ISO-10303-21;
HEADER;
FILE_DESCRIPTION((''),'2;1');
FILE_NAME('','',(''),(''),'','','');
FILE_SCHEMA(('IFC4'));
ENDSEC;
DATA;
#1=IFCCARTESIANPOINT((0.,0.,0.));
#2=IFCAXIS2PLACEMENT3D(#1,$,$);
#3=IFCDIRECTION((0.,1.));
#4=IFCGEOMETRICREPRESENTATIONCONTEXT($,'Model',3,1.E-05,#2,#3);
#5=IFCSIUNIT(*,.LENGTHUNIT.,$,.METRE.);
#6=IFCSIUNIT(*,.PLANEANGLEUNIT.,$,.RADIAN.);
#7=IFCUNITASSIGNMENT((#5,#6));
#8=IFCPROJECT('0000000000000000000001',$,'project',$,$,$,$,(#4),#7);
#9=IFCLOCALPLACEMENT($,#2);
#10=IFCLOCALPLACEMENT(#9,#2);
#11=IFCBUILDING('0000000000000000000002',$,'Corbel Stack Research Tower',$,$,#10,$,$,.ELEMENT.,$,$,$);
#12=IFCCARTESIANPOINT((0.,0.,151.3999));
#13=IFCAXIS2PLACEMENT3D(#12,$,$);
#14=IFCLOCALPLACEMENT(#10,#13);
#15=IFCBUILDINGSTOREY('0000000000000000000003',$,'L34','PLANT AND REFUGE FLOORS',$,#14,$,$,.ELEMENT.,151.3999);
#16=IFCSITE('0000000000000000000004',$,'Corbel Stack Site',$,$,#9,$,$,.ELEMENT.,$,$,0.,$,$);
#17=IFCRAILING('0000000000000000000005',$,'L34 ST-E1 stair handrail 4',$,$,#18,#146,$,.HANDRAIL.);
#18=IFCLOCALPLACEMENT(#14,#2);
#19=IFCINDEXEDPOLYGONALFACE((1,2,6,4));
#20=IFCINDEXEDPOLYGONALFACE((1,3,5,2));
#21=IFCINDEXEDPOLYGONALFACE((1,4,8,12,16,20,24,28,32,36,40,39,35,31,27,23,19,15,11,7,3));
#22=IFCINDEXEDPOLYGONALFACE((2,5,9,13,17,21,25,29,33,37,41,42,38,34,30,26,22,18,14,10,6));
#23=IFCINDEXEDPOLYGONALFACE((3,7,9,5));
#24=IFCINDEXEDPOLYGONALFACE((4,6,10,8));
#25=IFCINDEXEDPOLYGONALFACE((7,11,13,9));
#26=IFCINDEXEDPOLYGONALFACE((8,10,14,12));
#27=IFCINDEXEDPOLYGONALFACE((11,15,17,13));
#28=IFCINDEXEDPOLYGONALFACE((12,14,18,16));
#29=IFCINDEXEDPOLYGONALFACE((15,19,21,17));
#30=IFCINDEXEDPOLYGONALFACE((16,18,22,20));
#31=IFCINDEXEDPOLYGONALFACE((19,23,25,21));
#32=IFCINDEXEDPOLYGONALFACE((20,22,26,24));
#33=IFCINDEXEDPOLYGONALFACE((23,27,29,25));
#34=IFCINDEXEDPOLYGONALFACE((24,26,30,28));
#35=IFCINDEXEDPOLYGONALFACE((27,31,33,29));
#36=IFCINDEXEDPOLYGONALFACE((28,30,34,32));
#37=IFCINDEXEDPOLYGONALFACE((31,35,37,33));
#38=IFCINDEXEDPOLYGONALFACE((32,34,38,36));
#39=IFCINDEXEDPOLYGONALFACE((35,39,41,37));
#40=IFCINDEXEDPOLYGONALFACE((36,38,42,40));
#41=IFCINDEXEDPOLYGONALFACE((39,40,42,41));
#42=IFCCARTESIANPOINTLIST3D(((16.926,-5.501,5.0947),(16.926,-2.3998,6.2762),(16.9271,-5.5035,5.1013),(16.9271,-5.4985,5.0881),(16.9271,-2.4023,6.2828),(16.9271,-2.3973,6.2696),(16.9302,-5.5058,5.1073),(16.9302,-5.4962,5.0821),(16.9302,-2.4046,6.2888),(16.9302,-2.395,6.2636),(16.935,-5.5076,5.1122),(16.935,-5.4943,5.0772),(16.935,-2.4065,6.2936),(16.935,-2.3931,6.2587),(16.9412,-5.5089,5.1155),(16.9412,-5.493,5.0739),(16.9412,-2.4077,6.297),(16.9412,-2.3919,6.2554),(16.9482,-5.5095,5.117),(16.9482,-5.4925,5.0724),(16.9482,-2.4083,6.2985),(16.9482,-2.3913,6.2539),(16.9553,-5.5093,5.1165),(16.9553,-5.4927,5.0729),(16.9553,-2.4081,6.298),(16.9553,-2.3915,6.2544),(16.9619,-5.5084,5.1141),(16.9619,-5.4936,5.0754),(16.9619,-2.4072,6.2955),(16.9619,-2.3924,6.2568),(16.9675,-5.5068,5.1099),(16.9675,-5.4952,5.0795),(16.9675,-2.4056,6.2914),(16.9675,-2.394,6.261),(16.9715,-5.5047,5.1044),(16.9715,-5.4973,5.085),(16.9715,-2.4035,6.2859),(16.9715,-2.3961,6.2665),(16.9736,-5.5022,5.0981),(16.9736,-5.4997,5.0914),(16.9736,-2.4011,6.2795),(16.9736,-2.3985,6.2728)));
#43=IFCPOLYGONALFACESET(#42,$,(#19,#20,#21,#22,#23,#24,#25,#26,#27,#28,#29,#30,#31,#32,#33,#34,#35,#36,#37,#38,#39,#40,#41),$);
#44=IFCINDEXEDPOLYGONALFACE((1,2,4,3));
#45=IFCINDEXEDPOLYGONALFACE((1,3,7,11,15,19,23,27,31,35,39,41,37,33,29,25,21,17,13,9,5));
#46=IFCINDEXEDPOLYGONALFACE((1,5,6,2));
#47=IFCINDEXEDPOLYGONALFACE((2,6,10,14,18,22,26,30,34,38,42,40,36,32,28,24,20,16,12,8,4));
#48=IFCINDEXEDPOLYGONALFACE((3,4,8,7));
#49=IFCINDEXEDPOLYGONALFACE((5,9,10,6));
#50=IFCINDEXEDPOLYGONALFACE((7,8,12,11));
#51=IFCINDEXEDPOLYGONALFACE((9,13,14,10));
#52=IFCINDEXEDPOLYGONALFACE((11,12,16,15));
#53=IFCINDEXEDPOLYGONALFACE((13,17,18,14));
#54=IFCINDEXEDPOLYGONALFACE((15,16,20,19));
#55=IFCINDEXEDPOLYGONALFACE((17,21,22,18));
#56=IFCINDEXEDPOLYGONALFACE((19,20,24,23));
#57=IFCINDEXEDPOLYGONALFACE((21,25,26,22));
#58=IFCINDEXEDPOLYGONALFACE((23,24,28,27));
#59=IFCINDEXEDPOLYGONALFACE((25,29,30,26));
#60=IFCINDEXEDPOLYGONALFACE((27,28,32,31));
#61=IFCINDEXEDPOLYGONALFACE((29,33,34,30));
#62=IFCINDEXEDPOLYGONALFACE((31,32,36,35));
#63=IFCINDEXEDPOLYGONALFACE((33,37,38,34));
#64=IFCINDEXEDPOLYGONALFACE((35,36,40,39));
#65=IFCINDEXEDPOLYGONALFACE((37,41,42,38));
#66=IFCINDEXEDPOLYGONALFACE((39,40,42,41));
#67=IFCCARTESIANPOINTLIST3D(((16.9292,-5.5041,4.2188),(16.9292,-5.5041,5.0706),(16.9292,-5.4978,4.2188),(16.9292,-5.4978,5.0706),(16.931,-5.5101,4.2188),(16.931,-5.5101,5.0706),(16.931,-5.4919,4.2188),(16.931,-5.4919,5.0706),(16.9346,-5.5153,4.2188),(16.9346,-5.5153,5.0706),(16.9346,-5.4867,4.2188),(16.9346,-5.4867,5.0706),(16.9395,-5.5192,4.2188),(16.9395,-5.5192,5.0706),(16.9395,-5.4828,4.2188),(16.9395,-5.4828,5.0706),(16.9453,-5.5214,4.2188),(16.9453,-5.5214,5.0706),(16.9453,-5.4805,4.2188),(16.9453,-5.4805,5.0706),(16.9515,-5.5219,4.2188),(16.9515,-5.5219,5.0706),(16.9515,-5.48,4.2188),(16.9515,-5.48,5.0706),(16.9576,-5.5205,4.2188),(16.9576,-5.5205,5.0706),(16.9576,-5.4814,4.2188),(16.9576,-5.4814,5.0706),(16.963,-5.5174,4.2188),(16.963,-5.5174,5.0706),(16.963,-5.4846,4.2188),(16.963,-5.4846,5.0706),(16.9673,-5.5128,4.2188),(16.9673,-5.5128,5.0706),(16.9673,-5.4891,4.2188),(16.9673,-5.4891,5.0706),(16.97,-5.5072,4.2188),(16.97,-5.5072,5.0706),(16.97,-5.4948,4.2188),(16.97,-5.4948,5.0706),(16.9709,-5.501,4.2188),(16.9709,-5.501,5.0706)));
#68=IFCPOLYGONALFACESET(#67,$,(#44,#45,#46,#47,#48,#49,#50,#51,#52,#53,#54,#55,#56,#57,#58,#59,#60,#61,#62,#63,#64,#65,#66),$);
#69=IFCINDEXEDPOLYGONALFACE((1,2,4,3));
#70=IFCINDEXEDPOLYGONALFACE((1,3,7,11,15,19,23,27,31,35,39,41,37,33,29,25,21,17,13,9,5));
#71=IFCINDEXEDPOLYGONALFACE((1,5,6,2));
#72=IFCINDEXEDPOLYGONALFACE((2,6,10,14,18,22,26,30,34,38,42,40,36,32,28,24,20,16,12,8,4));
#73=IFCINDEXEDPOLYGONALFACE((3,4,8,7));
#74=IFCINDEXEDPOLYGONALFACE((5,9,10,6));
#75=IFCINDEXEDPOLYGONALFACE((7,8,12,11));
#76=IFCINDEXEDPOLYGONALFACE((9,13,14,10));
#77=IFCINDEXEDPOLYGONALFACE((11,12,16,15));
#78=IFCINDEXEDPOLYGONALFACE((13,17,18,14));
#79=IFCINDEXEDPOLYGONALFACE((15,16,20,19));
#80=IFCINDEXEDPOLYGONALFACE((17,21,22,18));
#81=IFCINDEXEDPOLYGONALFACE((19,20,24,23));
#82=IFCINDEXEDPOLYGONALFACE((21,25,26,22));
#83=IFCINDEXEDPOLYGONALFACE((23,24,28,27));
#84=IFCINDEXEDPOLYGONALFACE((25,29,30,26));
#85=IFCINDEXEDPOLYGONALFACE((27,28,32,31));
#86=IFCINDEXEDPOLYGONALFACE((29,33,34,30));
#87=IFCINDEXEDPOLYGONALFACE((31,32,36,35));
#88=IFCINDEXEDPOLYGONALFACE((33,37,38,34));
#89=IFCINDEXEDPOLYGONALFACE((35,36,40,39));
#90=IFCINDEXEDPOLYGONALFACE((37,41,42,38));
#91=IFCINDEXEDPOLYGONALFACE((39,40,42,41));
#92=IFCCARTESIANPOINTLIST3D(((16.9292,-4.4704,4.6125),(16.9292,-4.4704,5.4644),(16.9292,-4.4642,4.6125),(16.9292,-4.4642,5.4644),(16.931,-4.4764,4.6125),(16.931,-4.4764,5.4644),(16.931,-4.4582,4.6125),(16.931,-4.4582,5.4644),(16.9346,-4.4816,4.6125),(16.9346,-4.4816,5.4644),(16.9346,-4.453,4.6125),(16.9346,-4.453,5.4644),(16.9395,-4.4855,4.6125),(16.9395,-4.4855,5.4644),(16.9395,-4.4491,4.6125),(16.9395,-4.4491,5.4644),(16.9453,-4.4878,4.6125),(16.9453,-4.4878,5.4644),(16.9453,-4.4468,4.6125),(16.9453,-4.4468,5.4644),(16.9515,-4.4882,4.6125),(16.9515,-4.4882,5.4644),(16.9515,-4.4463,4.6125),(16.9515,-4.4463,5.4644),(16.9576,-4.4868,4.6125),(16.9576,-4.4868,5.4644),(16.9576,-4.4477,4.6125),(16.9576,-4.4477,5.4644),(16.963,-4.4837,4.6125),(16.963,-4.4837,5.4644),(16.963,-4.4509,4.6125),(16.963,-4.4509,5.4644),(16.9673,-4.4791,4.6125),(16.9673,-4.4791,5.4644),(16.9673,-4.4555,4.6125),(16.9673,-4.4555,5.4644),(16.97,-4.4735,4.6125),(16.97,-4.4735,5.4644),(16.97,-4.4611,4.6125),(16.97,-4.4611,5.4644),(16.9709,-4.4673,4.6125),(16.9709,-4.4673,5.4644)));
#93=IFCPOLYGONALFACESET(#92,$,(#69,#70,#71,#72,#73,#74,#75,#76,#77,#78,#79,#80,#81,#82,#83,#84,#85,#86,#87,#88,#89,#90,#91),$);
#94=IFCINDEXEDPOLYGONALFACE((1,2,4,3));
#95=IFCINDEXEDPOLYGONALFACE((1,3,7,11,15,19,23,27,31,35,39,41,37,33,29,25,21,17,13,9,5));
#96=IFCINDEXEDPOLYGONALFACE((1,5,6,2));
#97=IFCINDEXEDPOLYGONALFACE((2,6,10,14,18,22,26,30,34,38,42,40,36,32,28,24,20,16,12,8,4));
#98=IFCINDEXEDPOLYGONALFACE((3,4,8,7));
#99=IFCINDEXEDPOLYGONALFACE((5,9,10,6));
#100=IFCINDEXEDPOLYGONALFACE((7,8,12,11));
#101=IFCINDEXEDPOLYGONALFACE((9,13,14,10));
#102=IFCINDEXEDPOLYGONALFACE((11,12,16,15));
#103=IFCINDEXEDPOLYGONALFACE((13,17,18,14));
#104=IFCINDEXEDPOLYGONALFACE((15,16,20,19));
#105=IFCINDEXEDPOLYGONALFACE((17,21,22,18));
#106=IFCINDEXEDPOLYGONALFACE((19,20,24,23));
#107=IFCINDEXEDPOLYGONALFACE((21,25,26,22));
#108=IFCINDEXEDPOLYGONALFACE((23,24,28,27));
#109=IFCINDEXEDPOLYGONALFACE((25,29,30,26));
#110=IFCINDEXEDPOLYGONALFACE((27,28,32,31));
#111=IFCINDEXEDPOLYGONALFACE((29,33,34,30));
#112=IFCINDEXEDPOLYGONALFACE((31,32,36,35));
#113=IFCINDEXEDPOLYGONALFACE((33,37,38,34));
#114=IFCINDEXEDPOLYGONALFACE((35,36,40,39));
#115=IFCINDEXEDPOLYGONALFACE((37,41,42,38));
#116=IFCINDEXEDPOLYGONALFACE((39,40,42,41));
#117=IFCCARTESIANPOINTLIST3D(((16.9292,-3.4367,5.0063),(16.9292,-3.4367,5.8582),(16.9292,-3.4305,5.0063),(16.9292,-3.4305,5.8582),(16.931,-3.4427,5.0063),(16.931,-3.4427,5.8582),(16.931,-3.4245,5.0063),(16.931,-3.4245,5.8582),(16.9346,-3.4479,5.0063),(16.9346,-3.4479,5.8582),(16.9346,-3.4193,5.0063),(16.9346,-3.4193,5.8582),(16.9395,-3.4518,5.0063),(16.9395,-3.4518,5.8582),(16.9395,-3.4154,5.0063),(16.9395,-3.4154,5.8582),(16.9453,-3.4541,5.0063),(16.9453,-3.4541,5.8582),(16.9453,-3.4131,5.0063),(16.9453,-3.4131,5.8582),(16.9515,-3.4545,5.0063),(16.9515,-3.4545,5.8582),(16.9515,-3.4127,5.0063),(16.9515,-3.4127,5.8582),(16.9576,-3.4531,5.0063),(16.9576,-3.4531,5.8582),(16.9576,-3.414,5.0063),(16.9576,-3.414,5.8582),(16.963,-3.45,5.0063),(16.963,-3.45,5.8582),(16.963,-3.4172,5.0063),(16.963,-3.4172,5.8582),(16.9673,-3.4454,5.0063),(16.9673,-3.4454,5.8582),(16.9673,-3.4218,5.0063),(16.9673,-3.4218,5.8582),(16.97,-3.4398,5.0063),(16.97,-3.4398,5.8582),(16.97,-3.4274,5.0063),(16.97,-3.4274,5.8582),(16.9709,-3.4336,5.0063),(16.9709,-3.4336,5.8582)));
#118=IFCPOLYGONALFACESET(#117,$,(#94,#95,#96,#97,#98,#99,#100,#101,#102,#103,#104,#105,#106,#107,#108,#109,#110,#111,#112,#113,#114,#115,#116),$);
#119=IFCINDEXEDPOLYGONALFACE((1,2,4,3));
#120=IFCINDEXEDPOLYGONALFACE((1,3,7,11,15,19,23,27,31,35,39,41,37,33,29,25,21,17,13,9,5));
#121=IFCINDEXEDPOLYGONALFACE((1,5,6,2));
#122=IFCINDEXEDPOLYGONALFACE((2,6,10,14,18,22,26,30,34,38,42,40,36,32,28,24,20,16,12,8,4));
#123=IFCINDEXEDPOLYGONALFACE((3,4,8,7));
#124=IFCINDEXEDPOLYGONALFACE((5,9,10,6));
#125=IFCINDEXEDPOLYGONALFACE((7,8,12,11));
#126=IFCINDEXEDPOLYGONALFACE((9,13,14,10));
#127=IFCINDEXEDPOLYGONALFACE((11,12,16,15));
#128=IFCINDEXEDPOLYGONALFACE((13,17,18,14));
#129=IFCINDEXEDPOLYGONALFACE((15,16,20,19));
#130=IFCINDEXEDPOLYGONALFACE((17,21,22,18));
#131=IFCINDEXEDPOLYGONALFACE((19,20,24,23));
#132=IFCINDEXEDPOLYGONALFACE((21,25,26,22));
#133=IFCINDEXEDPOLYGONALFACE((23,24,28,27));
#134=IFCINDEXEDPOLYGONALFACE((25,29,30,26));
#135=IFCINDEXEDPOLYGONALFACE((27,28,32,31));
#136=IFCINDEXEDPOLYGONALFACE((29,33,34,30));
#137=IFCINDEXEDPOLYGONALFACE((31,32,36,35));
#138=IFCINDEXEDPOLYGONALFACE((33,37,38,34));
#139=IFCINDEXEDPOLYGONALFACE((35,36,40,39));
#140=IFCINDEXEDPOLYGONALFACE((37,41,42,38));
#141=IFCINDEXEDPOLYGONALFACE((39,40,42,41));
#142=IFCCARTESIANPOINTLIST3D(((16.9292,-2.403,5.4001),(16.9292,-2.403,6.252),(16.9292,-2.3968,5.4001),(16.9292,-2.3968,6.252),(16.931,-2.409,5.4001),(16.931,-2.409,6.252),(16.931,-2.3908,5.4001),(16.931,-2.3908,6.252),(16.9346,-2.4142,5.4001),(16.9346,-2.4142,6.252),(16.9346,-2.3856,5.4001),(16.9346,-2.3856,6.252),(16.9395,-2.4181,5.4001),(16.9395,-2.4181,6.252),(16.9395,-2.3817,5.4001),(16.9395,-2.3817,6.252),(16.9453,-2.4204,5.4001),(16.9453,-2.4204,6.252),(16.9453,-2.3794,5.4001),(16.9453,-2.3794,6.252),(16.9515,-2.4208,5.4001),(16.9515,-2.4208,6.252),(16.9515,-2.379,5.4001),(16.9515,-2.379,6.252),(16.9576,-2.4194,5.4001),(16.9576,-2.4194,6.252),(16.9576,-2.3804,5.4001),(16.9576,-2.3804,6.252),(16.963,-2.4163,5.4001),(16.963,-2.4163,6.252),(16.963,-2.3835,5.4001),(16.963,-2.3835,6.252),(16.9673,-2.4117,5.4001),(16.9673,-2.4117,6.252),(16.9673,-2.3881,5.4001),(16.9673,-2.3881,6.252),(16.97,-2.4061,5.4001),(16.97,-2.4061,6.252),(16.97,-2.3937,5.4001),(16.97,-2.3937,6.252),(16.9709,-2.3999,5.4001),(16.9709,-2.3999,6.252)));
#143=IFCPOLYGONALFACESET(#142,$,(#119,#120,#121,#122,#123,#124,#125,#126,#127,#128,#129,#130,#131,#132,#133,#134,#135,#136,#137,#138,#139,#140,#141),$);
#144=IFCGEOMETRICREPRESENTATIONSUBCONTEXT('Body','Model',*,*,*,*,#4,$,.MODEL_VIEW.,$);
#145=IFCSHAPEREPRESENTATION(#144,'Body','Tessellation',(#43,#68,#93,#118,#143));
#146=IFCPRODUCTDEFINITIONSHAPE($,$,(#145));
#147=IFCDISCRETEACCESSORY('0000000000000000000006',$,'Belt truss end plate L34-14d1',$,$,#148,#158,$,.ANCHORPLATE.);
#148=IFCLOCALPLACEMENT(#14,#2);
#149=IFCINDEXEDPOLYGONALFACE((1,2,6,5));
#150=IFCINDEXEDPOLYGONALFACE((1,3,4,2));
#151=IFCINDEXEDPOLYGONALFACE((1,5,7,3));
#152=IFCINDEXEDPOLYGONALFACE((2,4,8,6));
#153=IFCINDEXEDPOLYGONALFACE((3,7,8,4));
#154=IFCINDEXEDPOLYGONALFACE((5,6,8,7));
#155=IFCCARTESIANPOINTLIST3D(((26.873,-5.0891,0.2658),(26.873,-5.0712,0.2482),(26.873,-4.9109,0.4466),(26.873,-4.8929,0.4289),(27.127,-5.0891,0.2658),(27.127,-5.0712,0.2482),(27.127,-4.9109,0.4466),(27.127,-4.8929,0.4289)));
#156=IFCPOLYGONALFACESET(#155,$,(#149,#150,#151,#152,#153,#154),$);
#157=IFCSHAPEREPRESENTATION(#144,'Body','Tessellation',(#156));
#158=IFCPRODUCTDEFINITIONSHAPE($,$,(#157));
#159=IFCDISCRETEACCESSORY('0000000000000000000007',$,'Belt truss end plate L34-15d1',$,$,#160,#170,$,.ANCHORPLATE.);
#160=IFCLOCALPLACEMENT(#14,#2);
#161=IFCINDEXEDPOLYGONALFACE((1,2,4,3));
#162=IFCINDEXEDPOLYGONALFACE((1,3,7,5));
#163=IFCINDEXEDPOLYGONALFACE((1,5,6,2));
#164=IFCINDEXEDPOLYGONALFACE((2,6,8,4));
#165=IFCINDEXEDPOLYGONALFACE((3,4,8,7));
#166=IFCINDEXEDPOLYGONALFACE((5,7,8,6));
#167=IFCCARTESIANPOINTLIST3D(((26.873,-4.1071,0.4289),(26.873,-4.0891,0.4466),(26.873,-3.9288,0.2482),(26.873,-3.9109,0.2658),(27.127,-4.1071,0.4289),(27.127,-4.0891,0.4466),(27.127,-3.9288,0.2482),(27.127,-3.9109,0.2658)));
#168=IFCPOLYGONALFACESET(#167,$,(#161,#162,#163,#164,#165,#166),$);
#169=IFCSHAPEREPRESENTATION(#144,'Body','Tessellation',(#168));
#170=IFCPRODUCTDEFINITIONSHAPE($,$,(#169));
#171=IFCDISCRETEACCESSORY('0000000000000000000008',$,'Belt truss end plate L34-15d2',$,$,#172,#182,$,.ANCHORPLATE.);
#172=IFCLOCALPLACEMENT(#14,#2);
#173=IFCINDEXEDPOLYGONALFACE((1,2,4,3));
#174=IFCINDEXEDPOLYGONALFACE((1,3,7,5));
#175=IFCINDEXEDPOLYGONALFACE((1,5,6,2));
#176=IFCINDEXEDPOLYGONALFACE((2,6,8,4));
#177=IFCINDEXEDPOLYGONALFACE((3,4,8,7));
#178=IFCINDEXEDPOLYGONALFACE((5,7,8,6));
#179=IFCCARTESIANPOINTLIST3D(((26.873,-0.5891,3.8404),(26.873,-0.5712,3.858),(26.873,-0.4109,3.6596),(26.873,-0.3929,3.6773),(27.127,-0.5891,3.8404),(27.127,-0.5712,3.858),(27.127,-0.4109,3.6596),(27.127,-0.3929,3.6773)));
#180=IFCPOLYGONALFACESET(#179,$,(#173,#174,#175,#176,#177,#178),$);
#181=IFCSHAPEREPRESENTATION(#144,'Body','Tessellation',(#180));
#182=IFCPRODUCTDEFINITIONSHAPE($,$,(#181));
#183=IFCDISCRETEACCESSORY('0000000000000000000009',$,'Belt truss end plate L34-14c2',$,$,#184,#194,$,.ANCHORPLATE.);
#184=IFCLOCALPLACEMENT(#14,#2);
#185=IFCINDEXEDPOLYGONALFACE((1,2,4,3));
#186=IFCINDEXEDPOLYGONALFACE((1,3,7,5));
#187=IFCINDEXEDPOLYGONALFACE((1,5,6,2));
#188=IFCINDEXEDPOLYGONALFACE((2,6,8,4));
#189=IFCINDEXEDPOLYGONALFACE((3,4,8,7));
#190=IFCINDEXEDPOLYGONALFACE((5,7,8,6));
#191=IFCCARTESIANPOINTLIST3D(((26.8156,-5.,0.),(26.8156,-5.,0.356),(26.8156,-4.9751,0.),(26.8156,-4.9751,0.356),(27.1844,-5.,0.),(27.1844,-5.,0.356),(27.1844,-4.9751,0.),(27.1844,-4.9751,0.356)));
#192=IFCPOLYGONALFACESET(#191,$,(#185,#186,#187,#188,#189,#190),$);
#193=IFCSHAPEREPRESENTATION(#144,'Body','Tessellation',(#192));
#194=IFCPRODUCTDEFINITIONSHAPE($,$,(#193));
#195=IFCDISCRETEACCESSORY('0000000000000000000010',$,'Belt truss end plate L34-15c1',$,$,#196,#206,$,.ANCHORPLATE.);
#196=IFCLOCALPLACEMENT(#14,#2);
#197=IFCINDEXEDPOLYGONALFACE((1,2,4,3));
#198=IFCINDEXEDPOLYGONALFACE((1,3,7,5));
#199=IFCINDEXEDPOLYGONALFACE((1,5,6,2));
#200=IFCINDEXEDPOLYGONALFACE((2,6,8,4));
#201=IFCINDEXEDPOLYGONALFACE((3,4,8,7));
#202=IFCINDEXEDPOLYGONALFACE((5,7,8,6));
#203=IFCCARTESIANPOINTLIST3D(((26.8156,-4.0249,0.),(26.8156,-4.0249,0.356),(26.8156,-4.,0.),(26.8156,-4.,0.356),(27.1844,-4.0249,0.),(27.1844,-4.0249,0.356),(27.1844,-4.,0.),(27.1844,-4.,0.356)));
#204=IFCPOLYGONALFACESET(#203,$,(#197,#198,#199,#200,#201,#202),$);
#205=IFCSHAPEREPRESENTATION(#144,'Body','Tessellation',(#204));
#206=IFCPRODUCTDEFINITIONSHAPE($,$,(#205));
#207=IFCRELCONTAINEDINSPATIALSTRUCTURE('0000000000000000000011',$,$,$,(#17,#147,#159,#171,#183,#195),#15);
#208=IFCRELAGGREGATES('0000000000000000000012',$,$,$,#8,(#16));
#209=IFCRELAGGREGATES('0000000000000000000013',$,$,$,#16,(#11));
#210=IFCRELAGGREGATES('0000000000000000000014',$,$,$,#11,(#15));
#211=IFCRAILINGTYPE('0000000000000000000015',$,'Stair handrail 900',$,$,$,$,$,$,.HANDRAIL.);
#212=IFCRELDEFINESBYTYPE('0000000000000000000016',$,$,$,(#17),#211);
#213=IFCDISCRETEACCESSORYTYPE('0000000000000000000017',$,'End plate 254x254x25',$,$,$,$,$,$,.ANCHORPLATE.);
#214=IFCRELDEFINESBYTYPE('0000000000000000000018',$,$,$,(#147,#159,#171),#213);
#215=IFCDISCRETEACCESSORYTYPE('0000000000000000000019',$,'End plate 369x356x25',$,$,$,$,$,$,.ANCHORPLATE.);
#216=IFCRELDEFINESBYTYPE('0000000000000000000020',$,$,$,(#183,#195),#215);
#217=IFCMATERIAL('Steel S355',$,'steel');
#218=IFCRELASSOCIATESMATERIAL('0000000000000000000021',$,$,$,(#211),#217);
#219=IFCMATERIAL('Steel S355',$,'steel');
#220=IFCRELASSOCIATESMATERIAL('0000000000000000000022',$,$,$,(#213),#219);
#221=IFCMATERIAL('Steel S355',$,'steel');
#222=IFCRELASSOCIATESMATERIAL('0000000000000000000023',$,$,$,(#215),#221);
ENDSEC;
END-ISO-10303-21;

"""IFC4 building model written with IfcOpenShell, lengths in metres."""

from ifc_helpers import new_model, si_unit, direction, frame, origin, origin_2d, place, context, subcontext, project, spatial, rectangle, circle, extrude, material, material_profile, profile_set, type_object, element, save


model = new_model("IFC4")

# Units and contexts
model_context = context("Model", 3, precision=1e-05, world=origin(), true_north=direction((0.0, 1.0)))
body_context = subcontext(model_context, "Body", "Model", "MODEL_VIEW")
ifc_project = project(units=[si_unit("LENGTHUNIT", "METRE"), si_unit("PLANEANGLEUNIT", "RADIAN")], contexts=[model_context])

# Site, building, storey
site_placement = place(None, origin())
site = spatial("IfcSite", under=ifc_project, at=site_placement, Name="Corbel Stack Site", CompositionType="ELEMENT", RefElevation=0.0)
building_placement = place(site_placement, origin())
building = spatial("IfcBuilding", under=site, at=building_placement, Name="Corbel Stack Research Tower", CompositionType="ELEMENT")
storey_placement = place(building_placement, frame((0.0, 0.0, 151.3999)))
storey = spatial("IfcBuildingStorey", under=building, at=storey_placement, Name="L34", Description="PLANT AND REFUGE FLOORS", CompositionType="ELEMENT", Elevation=151.3999)

# Railing
ifc_material_1 = material(Name="Steel S355", Category="steel")
railing_type_1 = type_object("IfcRailingType", Name="Stair handrail 900", PredefinedType="HANDRAIL", material=ifc_material_1)
for number, where, name in (
    (1, (16.95, -5.501, 4.2188), "L34 ST-E1 stair handrail 4"),
):
    element("IfcRailing", number, at=place(storey_placement, frame(where)), inside=storey, type_object=railing_type_1, Name=name, PredefinedType="HANDRAIL", context=body_context, shape_type="SweptSolid", body=[
        extrude(circle(Radius=0.0239, at=origin_2d()), frame((0.0, 0.0, 0.876), z_axis=(0.0, 0.934484, 0.356005), x_axis=(-1.0, 0.0, 0.0)), (0.0, 0.0, 1.0), 3.3186),
        extrude(circle(Radius=0.021, at=origin_2d()), origin(), (0.0, 0.0, 1.0), 0.8518),
        extrude(circle(Radius=0.021, at=origin_2d()), frame((0.0, 1.0337, 0.3938)), (0.0, 0.0, 1.0), 0.8518),
        extrude(circle(Radius=0.021, at=origin_2d()), frame((0.0, 2.0674, 0.7876)), (0.0, 0.0, 1.0), 0.8518),
        extrude(circle(Radius=0.021, at=origin_2d()), frame((0.0, 3.1011, 1.1814)), (0.0, 0.0, 1.0), 0.8518),
    ])

# Discrete accessories
ifc_material_2 = material(Name="Steel S355", Category="steel")
ifc_material_profile_1 = material_profile(ifc_material_2, rectangle(XDim=0.2539, YDim=0.2539, at=origin_2d()), Name="End plate 254x254x25")
ifc_profile_set_1 = profile_set([ifc_material_profile_1], Name="Steel S355")
discrete_accessory_type_1 = type_object("IfcDiscreteAccessoryType", Name="End plate 254x254x25", PredefinedType="ANCHORPLATE", material=ifc_profile_set_1)
for number, where, z_axis, x_axis, name in (
    (2, (27.0, -5.0, 0.3562), (0.0, 0.711966, -0.702213), (-1.0, 0.0, 0.0), "Belt truss end plate L34-14d1"),
    (3, (27.0, -4.0, 0.3562), (0.0, -0.711966, -0.702213), (1.0, 0.0, 0.0), "Belt truss end plate L34-15d1"),
    (4, (27.0, -0.5, 3.75), (0.0, 0.711966, 0.702213), (-1.0, 0.0, 0.0), "Belt truss end plate L34-15d2"),
):
    element("IfcDiscreteAccessory", number, at=place(storey_placement, frame(where, z_axis=z_axis, x_axis=x_axis)), inside=storey, type_object=discrete_accessory_type_1, Name=name, PredefinedType="ANCHORPLATE", context=body_context, shape_type="SweptSolid", body=[
        extrude(rectangle(XDim=0.2539, YDim=0.2539, at=origin_2d()), origin(), (0.0, 0.0, 1.0), 0.0251),
    ])
ifc_material_3 = material(Name="Steel S355", Category="steel")
ifc_material_profile_2 = material_profile(ifc_material_3, rectangle(XDim=0.3689, YDim=0.356, at=origin_2d()), Name="End plate 369x356x25")
ifc_profile_set_2 = profile_set([ifc_material_profile_2], Name="Steel S355")
discrete_accessory_type_2 = type_object("IfcDiscreteAccessoryType", Name="End plate 369x356x25", PredefinedType="ANCHORPLATE", material=ifc_profile_set_2)
for number, where, z_axis, x_axis, name in (
    (5, (27.0, -5.0, 0.178), (0.0, 1.0, 0.0), (-1.0, 0.0, 0.0), "Belt truss end plate L34-14c2"),
    (6, (27.0, -4.0, 0.178), (0.0, -1.0, 0.0), (1.0, 0.0, 0.0), "Belt truss end plate L34-15c1"),
):
    element("IfcDiscreteAccessory", number, at=place(storey_placement, frame(where, z_axis=z_axis, x_axis=x_axis)), inside=storey, type_object=discrete_accessory_type_2, Name=name, PredefinedType="ANCHORPLATE", context=body_context, shape_type="SweptSolid", body=[
        extrude(rectangle(XDim=0.3689, YDim=0.356, at=origin_2d()), origin(), (0.0, 0.0, 1.0), 0.0249),
    ])

save(model, "model.ifc")
